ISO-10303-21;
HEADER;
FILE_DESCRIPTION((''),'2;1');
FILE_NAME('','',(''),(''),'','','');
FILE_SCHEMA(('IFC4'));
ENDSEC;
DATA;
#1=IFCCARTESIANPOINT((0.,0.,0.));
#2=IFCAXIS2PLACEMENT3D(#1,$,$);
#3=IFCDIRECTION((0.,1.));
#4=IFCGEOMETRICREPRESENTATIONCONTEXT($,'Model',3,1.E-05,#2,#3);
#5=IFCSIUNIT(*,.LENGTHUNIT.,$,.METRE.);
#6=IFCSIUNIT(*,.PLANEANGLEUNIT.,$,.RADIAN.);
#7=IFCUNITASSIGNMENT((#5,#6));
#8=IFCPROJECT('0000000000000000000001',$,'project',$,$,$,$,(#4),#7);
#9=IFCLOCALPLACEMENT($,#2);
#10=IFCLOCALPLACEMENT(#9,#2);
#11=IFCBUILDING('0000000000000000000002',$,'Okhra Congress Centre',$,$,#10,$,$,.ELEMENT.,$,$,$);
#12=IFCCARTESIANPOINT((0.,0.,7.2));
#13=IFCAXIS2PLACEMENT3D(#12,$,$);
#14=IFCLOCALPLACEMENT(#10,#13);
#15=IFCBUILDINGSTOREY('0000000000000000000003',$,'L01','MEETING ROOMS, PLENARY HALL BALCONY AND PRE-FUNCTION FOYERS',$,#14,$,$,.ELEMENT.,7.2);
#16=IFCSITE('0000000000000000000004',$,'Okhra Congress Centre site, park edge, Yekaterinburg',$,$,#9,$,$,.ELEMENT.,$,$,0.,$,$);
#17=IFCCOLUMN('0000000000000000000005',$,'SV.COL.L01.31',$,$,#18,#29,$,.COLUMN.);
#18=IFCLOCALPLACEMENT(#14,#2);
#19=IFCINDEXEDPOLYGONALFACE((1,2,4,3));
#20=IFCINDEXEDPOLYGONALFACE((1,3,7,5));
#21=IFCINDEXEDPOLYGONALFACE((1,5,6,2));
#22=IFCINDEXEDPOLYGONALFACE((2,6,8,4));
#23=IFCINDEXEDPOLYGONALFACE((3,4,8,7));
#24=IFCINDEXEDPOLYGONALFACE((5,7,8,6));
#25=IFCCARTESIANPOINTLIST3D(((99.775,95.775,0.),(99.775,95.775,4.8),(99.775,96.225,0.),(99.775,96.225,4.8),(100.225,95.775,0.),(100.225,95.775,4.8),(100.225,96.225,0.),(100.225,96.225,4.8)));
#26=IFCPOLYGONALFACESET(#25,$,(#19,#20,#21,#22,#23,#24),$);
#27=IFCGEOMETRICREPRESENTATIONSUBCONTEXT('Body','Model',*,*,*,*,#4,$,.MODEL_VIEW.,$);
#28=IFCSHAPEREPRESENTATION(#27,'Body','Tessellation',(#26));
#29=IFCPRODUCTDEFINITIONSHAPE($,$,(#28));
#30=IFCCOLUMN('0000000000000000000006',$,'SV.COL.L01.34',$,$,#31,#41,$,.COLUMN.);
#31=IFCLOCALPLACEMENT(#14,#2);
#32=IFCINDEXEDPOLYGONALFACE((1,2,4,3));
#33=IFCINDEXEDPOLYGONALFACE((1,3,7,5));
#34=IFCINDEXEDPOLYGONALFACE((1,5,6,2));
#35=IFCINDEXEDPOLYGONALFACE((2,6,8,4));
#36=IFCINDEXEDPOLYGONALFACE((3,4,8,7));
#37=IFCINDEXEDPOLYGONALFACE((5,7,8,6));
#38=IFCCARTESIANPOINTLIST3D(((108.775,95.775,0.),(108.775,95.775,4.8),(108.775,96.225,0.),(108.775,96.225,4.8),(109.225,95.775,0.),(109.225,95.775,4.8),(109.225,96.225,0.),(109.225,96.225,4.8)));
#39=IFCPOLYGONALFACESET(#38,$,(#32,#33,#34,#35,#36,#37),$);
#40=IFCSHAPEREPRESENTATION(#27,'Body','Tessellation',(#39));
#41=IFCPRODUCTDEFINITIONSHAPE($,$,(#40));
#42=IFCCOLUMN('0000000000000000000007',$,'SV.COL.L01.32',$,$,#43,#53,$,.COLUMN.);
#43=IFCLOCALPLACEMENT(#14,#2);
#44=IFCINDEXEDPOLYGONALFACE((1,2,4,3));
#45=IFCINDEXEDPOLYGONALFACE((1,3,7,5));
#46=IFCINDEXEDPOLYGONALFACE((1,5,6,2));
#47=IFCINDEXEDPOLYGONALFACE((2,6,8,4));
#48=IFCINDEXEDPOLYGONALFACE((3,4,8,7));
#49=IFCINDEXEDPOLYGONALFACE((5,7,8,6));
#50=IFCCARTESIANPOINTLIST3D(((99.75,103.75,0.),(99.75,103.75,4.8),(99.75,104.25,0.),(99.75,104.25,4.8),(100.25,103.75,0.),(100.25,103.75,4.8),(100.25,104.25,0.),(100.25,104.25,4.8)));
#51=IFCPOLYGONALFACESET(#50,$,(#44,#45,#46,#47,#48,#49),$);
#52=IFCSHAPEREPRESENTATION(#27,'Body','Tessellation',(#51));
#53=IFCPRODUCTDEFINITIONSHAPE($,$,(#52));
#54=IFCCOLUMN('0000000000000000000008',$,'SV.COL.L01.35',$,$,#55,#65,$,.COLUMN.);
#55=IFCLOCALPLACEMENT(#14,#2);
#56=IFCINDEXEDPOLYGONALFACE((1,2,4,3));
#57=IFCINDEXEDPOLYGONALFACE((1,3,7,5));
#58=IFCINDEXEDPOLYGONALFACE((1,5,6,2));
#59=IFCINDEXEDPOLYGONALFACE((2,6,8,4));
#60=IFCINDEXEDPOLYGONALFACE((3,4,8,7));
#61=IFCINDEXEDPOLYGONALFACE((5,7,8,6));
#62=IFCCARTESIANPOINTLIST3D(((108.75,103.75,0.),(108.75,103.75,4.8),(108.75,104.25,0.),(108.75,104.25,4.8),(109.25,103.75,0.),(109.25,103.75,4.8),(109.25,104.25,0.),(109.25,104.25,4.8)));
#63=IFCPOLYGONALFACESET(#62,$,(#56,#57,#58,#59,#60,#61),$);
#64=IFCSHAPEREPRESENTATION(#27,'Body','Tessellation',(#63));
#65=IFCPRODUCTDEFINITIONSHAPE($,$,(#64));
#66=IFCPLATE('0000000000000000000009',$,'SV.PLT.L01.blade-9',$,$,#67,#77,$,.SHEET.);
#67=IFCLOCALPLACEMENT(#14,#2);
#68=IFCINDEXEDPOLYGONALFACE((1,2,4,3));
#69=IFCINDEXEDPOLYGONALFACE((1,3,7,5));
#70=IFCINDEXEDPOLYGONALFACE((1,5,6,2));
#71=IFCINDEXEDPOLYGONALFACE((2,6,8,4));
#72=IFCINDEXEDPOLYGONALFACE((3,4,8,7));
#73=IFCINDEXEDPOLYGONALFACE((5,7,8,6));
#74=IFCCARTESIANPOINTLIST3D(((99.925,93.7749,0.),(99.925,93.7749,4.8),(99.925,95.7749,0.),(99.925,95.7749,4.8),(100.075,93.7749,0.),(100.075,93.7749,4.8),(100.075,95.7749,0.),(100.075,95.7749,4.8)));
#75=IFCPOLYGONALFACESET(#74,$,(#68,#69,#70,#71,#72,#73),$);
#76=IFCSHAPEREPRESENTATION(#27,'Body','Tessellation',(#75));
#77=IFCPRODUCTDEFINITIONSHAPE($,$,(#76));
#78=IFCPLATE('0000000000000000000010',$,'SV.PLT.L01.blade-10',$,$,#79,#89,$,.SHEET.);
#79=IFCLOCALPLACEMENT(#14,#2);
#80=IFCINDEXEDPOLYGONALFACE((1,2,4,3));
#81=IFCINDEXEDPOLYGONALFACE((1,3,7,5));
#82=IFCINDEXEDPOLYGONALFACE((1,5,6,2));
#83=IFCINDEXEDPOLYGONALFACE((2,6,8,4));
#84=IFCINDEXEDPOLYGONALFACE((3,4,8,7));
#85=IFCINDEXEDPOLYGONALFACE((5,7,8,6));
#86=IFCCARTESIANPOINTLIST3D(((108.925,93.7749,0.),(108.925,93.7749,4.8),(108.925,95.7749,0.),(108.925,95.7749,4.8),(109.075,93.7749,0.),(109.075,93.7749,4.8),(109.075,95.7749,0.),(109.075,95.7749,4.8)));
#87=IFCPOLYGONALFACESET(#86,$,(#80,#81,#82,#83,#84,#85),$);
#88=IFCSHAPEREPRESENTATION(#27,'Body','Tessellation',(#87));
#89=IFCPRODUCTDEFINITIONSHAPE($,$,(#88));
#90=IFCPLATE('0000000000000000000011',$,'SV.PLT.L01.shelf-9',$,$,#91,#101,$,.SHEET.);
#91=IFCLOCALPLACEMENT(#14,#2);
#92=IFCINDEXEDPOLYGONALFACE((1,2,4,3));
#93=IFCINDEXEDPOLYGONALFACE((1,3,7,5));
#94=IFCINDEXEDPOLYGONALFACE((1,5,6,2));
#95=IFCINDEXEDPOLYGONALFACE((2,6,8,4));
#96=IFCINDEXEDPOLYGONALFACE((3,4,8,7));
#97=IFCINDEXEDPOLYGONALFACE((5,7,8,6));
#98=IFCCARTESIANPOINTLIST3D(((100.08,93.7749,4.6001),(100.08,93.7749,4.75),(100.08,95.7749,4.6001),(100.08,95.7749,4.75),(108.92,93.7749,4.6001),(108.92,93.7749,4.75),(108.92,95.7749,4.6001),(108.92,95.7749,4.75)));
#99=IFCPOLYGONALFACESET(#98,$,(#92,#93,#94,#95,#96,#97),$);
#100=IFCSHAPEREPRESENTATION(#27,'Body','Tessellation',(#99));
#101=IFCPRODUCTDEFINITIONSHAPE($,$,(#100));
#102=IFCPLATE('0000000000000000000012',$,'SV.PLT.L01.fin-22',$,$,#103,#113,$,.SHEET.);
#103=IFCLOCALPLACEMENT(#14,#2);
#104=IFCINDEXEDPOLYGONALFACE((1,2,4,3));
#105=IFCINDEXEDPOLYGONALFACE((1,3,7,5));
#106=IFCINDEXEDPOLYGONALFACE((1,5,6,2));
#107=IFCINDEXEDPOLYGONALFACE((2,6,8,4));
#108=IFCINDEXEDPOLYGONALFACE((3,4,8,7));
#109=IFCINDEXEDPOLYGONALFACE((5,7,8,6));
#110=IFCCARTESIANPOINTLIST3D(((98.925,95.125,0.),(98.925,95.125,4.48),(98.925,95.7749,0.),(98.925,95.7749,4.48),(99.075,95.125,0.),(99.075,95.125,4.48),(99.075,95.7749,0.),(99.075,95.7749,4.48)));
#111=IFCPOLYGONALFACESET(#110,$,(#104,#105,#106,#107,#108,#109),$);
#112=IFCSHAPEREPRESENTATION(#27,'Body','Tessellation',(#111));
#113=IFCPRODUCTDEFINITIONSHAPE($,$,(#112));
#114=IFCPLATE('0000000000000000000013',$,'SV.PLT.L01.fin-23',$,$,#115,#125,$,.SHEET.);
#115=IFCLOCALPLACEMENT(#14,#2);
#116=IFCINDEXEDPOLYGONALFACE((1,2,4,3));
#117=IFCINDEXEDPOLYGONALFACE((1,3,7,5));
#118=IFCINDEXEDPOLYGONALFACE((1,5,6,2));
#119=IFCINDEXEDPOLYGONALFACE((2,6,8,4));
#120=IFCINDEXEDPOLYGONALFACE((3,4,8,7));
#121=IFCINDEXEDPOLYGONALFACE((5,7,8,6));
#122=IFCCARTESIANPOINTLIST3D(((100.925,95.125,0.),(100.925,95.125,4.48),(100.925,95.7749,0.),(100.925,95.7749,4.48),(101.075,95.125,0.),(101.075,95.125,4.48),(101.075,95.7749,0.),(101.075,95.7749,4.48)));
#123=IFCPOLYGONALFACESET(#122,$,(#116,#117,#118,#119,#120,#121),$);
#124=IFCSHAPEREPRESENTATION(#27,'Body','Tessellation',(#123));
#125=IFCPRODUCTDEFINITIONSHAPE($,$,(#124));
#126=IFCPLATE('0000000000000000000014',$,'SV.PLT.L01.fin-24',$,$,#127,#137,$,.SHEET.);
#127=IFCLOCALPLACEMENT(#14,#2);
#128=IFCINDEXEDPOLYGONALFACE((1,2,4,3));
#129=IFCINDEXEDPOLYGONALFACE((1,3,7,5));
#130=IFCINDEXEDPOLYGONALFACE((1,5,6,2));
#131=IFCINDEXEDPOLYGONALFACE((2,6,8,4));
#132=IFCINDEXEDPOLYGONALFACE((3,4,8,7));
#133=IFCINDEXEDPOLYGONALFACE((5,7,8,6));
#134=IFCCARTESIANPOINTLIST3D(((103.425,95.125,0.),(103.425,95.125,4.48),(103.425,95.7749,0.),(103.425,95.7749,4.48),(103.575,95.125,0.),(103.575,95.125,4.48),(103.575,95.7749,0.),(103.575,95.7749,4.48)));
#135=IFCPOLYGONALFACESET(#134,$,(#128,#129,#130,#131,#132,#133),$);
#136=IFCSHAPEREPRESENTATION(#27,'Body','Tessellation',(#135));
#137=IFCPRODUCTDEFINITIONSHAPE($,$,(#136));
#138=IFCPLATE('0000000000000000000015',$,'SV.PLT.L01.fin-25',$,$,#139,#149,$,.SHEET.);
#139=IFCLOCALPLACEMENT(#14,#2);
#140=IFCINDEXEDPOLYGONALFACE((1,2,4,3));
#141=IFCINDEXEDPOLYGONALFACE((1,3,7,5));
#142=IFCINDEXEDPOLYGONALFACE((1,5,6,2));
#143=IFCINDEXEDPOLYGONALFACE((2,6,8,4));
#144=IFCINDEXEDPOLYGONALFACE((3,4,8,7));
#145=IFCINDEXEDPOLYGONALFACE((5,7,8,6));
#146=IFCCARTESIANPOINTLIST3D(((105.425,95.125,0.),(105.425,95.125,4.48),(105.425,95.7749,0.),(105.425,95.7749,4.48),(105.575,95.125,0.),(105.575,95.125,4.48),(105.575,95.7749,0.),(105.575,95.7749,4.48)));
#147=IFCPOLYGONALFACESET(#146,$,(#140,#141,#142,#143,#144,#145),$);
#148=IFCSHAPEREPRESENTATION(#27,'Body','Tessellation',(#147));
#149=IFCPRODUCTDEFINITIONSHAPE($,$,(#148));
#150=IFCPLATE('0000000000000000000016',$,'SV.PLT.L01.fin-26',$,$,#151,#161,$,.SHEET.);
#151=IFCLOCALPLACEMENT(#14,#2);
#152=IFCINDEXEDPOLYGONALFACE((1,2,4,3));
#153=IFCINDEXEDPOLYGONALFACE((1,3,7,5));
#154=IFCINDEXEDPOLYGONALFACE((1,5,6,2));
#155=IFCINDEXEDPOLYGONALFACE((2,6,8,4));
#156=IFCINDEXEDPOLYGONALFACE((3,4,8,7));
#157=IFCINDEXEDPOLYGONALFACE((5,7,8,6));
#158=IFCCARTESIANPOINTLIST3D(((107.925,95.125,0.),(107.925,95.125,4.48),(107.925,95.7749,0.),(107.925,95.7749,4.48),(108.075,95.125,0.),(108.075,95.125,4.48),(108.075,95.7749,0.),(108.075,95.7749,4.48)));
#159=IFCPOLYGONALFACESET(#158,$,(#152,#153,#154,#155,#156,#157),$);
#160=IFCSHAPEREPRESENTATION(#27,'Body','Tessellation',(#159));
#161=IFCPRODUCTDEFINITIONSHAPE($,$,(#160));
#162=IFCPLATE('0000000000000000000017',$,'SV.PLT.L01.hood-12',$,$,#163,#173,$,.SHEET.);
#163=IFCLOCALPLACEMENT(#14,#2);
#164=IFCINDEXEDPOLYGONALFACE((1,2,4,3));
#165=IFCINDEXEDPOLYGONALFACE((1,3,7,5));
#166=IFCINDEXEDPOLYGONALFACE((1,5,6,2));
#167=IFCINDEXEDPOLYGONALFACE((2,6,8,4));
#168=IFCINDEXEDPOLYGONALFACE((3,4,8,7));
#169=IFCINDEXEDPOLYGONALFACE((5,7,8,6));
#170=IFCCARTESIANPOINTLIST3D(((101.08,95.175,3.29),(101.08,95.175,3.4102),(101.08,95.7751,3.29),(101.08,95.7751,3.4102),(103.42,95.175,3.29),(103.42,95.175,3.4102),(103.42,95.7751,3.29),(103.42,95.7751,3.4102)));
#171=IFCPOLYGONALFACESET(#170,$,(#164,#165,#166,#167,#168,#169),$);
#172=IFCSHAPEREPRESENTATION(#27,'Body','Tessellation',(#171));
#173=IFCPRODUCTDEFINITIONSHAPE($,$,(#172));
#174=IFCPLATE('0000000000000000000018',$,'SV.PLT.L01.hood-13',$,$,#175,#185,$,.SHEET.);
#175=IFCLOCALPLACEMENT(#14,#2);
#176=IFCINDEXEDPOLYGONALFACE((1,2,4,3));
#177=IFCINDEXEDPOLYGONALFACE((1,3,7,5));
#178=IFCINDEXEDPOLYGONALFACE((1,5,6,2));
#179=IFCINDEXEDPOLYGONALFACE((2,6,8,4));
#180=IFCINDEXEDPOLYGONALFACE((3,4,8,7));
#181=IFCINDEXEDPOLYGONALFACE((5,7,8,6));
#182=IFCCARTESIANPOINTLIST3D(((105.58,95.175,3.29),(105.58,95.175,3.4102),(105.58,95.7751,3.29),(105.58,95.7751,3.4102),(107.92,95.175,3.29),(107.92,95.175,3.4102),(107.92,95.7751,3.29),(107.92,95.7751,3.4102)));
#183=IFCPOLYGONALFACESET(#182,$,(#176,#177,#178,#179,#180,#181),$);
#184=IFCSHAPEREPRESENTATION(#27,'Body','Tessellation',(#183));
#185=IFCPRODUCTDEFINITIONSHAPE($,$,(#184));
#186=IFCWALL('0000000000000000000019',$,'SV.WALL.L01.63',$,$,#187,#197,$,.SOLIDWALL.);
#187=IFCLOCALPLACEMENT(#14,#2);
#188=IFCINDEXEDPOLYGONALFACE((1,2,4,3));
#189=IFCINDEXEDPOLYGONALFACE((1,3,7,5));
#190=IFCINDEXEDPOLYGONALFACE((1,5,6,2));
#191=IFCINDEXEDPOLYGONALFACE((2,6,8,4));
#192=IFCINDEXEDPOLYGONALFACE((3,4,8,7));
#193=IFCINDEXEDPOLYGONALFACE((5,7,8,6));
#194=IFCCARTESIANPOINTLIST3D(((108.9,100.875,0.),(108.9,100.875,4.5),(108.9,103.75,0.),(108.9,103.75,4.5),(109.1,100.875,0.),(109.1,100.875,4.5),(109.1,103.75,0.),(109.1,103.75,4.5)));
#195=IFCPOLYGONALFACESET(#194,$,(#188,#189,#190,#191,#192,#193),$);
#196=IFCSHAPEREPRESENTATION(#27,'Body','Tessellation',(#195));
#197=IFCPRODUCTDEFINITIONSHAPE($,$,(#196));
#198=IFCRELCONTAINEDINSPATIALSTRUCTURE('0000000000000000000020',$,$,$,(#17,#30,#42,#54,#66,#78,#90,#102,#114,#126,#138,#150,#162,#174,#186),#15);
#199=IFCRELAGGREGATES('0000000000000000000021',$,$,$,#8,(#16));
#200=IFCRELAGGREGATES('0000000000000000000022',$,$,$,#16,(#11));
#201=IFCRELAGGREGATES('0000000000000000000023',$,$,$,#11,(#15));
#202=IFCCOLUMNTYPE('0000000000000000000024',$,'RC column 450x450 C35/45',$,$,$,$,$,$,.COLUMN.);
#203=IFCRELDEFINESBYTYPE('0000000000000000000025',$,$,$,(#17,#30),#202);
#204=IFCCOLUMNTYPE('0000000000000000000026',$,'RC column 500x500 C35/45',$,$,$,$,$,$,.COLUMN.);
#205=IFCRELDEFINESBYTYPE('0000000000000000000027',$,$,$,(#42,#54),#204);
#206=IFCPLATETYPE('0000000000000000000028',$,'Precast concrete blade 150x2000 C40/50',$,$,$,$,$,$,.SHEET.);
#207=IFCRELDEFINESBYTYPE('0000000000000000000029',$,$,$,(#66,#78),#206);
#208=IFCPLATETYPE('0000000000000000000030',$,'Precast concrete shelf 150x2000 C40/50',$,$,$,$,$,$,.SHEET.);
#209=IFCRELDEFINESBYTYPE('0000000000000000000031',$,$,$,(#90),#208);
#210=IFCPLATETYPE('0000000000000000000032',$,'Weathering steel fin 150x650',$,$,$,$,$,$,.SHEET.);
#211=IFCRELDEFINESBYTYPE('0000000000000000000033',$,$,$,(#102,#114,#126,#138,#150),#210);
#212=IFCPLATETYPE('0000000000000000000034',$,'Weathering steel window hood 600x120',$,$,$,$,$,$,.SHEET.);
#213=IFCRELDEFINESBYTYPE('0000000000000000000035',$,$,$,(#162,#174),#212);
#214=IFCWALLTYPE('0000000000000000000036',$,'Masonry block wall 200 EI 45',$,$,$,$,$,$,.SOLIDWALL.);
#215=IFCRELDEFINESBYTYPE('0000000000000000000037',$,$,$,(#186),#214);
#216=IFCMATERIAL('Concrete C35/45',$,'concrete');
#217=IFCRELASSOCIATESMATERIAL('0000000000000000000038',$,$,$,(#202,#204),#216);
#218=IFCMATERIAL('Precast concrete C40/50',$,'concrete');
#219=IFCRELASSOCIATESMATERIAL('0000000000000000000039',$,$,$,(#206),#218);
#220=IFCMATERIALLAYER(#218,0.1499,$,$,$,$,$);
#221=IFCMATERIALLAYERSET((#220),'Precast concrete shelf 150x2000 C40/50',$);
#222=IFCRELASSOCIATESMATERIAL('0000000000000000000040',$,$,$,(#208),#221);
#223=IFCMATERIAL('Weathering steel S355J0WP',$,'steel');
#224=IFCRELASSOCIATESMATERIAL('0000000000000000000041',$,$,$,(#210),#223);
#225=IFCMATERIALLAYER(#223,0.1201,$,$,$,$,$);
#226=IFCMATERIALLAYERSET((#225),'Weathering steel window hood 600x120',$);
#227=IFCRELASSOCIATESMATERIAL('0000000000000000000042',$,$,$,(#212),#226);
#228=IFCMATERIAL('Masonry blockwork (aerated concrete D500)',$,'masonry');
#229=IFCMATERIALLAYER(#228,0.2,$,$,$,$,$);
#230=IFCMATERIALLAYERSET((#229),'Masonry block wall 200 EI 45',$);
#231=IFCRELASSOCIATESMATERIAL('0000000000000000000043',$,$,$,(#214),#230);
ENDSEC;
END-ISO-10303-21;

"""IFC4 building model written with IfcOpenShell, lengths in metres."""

from ifc_helpers import new_model, si_unit, direction, frame, frame_2d, origin, origin_2d, place, context, subcontext, project, spatial, rectangle, extrude, material, layer, layer_set, material_profile, profile_set, type_object, element, save


model = new_model("IFC4")

# Units and contexts
model_context = context("Model", 3, precision=1e-05, world=origin(), true_north=direction((0.0, 1.0)))
body_context = subcontext(model_context, "Body", "Model", "MODEL_VIEW")
ifc_project = project(units=[si_unit("LENGTHUNIT", "METRE"), si_unit("PLANEANGLEUNIT", "RADIAN")], contexts=[model_context])

# Site, building, storey
site_placement = place(None, origin())
site = spatial("IfcSite", under=ifc_project, at=site_placement, Name="Okhra Congress Centre site, park edge, Yekaterinburg", CompositionType="ELEMENT", RefElevation=0.0)
building_placement = place(site_placement, origin())
building = spatial("IfcBuilding", under=site, at=building_placement, Name="Okhra Congress Centre", CompositionType="ELEMENT")
storey_placement = place(building_placement, frame((0.0, 0.0, 7.2)))
storey = spatial("IfcBuildingStorey", under=building, at=storey_placement, Name="L01", Description="MEETING ROOMS, PLENARY HALL BALCONY AND PRE-FUNCTION FOYERS", CompositionType="ELEMENT", Elevation=7.2)

# Columns
ifc_material_1 = material(Name="Concrete C35/45", Category="concrete")
ifc_material_profile_1 = material_profile(ifc_material_1, rectangle(XDim=0.45, YDim=0.45, at=origin_2d()), Name="RC 450x450")
ifc_profile_set_1 = profile_set([ifc_material_profile_1], Name="Concrete C35/45")
column_type_1 = type_object("IfcColumnType", Name="RC column 450x450 C35/45", PredefinedType="COLUMN", material=ifc_profile_set_1)
for number, where, z_axis, x_axis, name in (
    (1, (100.0, 96.0, 0.0), (0.0, 0.0, 1.0), (1.0, 0.0, 0.0), "SV.COL.L01.31"),
    (2, (109.0, 96.0, 0.0), (0.0, 0.0, 1.0), (1.0, 0.0, 0.0), "SV.COL.L01.34"),
):
    element("IfcColumn", number, at=place(storey_placement, frame(where, z_axis=z_axis, x_axis=x_axis)), inside=storey, type_object=column_type_1, Name=name, PredefinedType="COLUMN", context=body_context, shape_type="SweptSolid", body=[
        extrude(rectangle(XDim=0.45, YDim=0.45, at=origin_2d()), origin(), (0.0, 0.0, 1.0), 4.8),
    ])
ifc_material_profile_2 = material_profile(ifc_material_1, rectangle(XDim=0.5, YDim=0.5, at=origin_2d()), Name="RC 500x500")
ifc_profile_set_2 = profile_set([ifc_material_profile_2], Name="Concrete C35/45")
column_type_2 = type_object("IfcColumnType", Name="RC column 500x500 C35/45", PredefinedType="COLUMN", material=ifc_profile_set_2)
for number, where, z_axis, x_axis, name in (
    (3, (100.0, 104.0, 0.0), (0.0, 0.0, 1.0), (1.0, 0.0, 0.0), "SV.COL.L01.32"),
    (4, (109.0, 104.0, 0.0), (0.0, 0.0, 1.0), (1.0, 0.0, 0.0), "SV.COL.L01.35"),
):
    element("IfcColumn", number, at=place(storey_placement, frame(where, z_axis=z_axis, x_axis=x_axis)), inside=storey, type_object=column_type_2, Name=name, PredefinedType="COLUMN", context=body_context, shape_type="SweptSolid", body=[
        extrude(rectangle(XDim=0.5, YDim=0.5, at=origin_2d()), origin(), (0.0, 0.0, 1.0), 4.8),
    ])

# Plates
ifc_material_2 = material(Name="Precast concrete C40/50", Category="concrete")
plate_type_1 = type_object("IfcPlateType", Name="Precast concrete blade 150x2000 C40/50", PredefinedType="SHEET", material=ifc_material_2)
for number, where, z_axis, x_axis, name in (
    (5, (100.0, 94.7749, 0.0), (0.0, 0.0, 1.0), (1.0, 0.0, 0.0), "SV.PLT.L01.blade-9"),
    (6, (109.0, 94.7749, 0.0), (0.0, 0.0, 1.0), (1.0, 0.0, 0.0), "SV.PLT.L01.blade-10"),
):
    element("IfcPlate", number, at=place(storey_placement, frame(where, z_axis=z_axis, x_axis=x_axis)), inside=storey, type_object=plate_type_1, Name=name, PredefinedType="SHEET", context=body_context, shape_type="SweptSolid", body=[
        extrude(rectangle(XDim=0.1499, YDim=2.0, at=origin_2d()), origin(), (0.0, 0.0, 1.0), 4.8),
    ])
ifc_layer_1 = layer(ifc_material_2, 0.1499)
ifc_layer_set_1 = layer_set([ifc_layer_1], Name="Precast concrete shelf 150x2000 C40/50")
plate_type_2 = type_object("IfcPlateType", Name="Precast concrete shelf 150x2000 C40/50", PredefinedType="SHEET", material=ifc_layer_set_1)
plate_placement = place(storey_placement, frame((104.5, 94.7749, 4.6001), z_axis=(0.0, 0.0, 1.0), x_axis=(1.0, 0.0, 0.0)))
element("IfcPlate", 7, at=plate_placement, inside=storey, type_object=plate_type_2, Name="SV.PLT.L01.shelf-9", PredefinedType="SHEET", context=body_context, shape_type="SweptSolid", body=[
    extrude(rectangle(XDim=8.8401, YDim=2.0, at=origin_2d()), origin(), (0.0, 0.0, 1.0), 0.1499),
])
ifc_material_3 = material(Name="Weathering steel S355J0WP", Category="steel")
plate_type_3 = type_object("IfcPlateType", Name="Weathering steel fin 150x650", PredefinedType="SHEET", material=ifc_material_3)
for number, where, z_axis, x_axis, name in (
    (8, (99.0, 95.45, 0.0), (0.0, 0.0, 1.0), (1.0, 0.0, 0.0), "SV.PLT.L01.fin-22"),
    (9, (101.0, 95.45, 0.0), (0.0, 0.0, 1.0), (1.0, 0.0, 0.0), "SV.PLT.L01.fin-23"),
    (10, (103.5, 95.45, 0.0), (0.0, 0.0, 1.0), (1.0, 0.0, 0.0), "SV.PLT.L01.fin-24"),
    (11, (105.5, 95.45, 0.0), (0.0, 0.0, 1.0), (1.0, 0.0, 0.0), "SV.PLT.L01.fin-25"),
    (12, (108.0, 95.45, 0.0), (0.0, 0.0, 1.0), (1.0, 0.0, 0.0), "SV.PLT.L01.fin-26"),
):
    element("IfcPlate", number, at=place(storey_placement, frame(where, z_axis=z_axis, x_axis=x_axis)), inside=storey, type_object=plate_type_3, Name=name, PredefinedType="SHEET", context=body_context, shape_type="SweptSolid", body=[
        extrude(rectangle(XDim=0.1499, YDim=0.6499, at=origin_2d()), origin(), (0.0, 0.0, 1.0), 4.48),
    ])
ifc_layer_2 = layer(ifc_material_3, 0.1201)
ifc_layer_set_2 = layer_set([ifc_layer_2], Name="Weathering steel window hood 600x120")
plate_type_4 = type_object("IfcPlateType", Name="Weathering steel window hood 600x120", PredefinedType="SHEET", material=ifc_layer_set_2)
for number, where, z_axis, x_axis, name in (
    (13, (102.25, 95.4751, 3.29), (0.0, 0.0, 1.0), (1.0, 0.0, 0.0), "SV.PLT.L01.hood-12"),
    (14, (106.75, 95.4751, 3.29), (0.0, 0.0, 1.0), (1.0, 0.0, 0.0), "SV.PLT.L01.hood-13"),
):
    element("IfcPlate", number, at=place(storey_placement, frame(where, z_axis=z_axis, x_axis=x_axis)), inside=storey, type_object=plate_type_4, Name=name, PredefinedType="SHEET", context=body_context, shape_type="SweptSolid", body=[
        extrude(rectangle(XDim=2.3401, YDim=0.6001, at=origin_2d()), origin(), (0.0, 0.0, 1.0), 0.1201),
    ])

# Wall
ifc_material_4 = material(Name="Masonry blockwork (aerated concrete D500)", Category="masonry")
ifc_layer_3 = layer(ifc_material_4, 0.2)
ifc_layer_set_3 = layer_set([ifc_layer_3], Name="Masonry block wall 200 EI 45")
wall_type_1 = type_object("IfcWallType", Name="Masonry block wall 200 EI 45", PredefinedType="SOLIDWALL", material=ifc_layer_set_3)
wall_1_placement = place(storey_placement, frame((109.0, 100.875, 0.0), z_axis=(0.0, 0.0, 1.0), x_axis=(0.0, 1.0, 0.0)))
element("IfcWall", 15, at=wall_1_placement, inside=storey, type_object=wall_type_1, Name="SV.WALL.L01.63", PredefinedType="SOLIDWALL", context=body_context, shape_type="SweptSolid", body=[
    extrude(rectangle(XDim=2.875, YDim=0.2, at=frame_2d((1.4375, 0.0))), origin(), (0.0, 0.0, 1.0), 4.5),
])

save(model, "model.ifc")
